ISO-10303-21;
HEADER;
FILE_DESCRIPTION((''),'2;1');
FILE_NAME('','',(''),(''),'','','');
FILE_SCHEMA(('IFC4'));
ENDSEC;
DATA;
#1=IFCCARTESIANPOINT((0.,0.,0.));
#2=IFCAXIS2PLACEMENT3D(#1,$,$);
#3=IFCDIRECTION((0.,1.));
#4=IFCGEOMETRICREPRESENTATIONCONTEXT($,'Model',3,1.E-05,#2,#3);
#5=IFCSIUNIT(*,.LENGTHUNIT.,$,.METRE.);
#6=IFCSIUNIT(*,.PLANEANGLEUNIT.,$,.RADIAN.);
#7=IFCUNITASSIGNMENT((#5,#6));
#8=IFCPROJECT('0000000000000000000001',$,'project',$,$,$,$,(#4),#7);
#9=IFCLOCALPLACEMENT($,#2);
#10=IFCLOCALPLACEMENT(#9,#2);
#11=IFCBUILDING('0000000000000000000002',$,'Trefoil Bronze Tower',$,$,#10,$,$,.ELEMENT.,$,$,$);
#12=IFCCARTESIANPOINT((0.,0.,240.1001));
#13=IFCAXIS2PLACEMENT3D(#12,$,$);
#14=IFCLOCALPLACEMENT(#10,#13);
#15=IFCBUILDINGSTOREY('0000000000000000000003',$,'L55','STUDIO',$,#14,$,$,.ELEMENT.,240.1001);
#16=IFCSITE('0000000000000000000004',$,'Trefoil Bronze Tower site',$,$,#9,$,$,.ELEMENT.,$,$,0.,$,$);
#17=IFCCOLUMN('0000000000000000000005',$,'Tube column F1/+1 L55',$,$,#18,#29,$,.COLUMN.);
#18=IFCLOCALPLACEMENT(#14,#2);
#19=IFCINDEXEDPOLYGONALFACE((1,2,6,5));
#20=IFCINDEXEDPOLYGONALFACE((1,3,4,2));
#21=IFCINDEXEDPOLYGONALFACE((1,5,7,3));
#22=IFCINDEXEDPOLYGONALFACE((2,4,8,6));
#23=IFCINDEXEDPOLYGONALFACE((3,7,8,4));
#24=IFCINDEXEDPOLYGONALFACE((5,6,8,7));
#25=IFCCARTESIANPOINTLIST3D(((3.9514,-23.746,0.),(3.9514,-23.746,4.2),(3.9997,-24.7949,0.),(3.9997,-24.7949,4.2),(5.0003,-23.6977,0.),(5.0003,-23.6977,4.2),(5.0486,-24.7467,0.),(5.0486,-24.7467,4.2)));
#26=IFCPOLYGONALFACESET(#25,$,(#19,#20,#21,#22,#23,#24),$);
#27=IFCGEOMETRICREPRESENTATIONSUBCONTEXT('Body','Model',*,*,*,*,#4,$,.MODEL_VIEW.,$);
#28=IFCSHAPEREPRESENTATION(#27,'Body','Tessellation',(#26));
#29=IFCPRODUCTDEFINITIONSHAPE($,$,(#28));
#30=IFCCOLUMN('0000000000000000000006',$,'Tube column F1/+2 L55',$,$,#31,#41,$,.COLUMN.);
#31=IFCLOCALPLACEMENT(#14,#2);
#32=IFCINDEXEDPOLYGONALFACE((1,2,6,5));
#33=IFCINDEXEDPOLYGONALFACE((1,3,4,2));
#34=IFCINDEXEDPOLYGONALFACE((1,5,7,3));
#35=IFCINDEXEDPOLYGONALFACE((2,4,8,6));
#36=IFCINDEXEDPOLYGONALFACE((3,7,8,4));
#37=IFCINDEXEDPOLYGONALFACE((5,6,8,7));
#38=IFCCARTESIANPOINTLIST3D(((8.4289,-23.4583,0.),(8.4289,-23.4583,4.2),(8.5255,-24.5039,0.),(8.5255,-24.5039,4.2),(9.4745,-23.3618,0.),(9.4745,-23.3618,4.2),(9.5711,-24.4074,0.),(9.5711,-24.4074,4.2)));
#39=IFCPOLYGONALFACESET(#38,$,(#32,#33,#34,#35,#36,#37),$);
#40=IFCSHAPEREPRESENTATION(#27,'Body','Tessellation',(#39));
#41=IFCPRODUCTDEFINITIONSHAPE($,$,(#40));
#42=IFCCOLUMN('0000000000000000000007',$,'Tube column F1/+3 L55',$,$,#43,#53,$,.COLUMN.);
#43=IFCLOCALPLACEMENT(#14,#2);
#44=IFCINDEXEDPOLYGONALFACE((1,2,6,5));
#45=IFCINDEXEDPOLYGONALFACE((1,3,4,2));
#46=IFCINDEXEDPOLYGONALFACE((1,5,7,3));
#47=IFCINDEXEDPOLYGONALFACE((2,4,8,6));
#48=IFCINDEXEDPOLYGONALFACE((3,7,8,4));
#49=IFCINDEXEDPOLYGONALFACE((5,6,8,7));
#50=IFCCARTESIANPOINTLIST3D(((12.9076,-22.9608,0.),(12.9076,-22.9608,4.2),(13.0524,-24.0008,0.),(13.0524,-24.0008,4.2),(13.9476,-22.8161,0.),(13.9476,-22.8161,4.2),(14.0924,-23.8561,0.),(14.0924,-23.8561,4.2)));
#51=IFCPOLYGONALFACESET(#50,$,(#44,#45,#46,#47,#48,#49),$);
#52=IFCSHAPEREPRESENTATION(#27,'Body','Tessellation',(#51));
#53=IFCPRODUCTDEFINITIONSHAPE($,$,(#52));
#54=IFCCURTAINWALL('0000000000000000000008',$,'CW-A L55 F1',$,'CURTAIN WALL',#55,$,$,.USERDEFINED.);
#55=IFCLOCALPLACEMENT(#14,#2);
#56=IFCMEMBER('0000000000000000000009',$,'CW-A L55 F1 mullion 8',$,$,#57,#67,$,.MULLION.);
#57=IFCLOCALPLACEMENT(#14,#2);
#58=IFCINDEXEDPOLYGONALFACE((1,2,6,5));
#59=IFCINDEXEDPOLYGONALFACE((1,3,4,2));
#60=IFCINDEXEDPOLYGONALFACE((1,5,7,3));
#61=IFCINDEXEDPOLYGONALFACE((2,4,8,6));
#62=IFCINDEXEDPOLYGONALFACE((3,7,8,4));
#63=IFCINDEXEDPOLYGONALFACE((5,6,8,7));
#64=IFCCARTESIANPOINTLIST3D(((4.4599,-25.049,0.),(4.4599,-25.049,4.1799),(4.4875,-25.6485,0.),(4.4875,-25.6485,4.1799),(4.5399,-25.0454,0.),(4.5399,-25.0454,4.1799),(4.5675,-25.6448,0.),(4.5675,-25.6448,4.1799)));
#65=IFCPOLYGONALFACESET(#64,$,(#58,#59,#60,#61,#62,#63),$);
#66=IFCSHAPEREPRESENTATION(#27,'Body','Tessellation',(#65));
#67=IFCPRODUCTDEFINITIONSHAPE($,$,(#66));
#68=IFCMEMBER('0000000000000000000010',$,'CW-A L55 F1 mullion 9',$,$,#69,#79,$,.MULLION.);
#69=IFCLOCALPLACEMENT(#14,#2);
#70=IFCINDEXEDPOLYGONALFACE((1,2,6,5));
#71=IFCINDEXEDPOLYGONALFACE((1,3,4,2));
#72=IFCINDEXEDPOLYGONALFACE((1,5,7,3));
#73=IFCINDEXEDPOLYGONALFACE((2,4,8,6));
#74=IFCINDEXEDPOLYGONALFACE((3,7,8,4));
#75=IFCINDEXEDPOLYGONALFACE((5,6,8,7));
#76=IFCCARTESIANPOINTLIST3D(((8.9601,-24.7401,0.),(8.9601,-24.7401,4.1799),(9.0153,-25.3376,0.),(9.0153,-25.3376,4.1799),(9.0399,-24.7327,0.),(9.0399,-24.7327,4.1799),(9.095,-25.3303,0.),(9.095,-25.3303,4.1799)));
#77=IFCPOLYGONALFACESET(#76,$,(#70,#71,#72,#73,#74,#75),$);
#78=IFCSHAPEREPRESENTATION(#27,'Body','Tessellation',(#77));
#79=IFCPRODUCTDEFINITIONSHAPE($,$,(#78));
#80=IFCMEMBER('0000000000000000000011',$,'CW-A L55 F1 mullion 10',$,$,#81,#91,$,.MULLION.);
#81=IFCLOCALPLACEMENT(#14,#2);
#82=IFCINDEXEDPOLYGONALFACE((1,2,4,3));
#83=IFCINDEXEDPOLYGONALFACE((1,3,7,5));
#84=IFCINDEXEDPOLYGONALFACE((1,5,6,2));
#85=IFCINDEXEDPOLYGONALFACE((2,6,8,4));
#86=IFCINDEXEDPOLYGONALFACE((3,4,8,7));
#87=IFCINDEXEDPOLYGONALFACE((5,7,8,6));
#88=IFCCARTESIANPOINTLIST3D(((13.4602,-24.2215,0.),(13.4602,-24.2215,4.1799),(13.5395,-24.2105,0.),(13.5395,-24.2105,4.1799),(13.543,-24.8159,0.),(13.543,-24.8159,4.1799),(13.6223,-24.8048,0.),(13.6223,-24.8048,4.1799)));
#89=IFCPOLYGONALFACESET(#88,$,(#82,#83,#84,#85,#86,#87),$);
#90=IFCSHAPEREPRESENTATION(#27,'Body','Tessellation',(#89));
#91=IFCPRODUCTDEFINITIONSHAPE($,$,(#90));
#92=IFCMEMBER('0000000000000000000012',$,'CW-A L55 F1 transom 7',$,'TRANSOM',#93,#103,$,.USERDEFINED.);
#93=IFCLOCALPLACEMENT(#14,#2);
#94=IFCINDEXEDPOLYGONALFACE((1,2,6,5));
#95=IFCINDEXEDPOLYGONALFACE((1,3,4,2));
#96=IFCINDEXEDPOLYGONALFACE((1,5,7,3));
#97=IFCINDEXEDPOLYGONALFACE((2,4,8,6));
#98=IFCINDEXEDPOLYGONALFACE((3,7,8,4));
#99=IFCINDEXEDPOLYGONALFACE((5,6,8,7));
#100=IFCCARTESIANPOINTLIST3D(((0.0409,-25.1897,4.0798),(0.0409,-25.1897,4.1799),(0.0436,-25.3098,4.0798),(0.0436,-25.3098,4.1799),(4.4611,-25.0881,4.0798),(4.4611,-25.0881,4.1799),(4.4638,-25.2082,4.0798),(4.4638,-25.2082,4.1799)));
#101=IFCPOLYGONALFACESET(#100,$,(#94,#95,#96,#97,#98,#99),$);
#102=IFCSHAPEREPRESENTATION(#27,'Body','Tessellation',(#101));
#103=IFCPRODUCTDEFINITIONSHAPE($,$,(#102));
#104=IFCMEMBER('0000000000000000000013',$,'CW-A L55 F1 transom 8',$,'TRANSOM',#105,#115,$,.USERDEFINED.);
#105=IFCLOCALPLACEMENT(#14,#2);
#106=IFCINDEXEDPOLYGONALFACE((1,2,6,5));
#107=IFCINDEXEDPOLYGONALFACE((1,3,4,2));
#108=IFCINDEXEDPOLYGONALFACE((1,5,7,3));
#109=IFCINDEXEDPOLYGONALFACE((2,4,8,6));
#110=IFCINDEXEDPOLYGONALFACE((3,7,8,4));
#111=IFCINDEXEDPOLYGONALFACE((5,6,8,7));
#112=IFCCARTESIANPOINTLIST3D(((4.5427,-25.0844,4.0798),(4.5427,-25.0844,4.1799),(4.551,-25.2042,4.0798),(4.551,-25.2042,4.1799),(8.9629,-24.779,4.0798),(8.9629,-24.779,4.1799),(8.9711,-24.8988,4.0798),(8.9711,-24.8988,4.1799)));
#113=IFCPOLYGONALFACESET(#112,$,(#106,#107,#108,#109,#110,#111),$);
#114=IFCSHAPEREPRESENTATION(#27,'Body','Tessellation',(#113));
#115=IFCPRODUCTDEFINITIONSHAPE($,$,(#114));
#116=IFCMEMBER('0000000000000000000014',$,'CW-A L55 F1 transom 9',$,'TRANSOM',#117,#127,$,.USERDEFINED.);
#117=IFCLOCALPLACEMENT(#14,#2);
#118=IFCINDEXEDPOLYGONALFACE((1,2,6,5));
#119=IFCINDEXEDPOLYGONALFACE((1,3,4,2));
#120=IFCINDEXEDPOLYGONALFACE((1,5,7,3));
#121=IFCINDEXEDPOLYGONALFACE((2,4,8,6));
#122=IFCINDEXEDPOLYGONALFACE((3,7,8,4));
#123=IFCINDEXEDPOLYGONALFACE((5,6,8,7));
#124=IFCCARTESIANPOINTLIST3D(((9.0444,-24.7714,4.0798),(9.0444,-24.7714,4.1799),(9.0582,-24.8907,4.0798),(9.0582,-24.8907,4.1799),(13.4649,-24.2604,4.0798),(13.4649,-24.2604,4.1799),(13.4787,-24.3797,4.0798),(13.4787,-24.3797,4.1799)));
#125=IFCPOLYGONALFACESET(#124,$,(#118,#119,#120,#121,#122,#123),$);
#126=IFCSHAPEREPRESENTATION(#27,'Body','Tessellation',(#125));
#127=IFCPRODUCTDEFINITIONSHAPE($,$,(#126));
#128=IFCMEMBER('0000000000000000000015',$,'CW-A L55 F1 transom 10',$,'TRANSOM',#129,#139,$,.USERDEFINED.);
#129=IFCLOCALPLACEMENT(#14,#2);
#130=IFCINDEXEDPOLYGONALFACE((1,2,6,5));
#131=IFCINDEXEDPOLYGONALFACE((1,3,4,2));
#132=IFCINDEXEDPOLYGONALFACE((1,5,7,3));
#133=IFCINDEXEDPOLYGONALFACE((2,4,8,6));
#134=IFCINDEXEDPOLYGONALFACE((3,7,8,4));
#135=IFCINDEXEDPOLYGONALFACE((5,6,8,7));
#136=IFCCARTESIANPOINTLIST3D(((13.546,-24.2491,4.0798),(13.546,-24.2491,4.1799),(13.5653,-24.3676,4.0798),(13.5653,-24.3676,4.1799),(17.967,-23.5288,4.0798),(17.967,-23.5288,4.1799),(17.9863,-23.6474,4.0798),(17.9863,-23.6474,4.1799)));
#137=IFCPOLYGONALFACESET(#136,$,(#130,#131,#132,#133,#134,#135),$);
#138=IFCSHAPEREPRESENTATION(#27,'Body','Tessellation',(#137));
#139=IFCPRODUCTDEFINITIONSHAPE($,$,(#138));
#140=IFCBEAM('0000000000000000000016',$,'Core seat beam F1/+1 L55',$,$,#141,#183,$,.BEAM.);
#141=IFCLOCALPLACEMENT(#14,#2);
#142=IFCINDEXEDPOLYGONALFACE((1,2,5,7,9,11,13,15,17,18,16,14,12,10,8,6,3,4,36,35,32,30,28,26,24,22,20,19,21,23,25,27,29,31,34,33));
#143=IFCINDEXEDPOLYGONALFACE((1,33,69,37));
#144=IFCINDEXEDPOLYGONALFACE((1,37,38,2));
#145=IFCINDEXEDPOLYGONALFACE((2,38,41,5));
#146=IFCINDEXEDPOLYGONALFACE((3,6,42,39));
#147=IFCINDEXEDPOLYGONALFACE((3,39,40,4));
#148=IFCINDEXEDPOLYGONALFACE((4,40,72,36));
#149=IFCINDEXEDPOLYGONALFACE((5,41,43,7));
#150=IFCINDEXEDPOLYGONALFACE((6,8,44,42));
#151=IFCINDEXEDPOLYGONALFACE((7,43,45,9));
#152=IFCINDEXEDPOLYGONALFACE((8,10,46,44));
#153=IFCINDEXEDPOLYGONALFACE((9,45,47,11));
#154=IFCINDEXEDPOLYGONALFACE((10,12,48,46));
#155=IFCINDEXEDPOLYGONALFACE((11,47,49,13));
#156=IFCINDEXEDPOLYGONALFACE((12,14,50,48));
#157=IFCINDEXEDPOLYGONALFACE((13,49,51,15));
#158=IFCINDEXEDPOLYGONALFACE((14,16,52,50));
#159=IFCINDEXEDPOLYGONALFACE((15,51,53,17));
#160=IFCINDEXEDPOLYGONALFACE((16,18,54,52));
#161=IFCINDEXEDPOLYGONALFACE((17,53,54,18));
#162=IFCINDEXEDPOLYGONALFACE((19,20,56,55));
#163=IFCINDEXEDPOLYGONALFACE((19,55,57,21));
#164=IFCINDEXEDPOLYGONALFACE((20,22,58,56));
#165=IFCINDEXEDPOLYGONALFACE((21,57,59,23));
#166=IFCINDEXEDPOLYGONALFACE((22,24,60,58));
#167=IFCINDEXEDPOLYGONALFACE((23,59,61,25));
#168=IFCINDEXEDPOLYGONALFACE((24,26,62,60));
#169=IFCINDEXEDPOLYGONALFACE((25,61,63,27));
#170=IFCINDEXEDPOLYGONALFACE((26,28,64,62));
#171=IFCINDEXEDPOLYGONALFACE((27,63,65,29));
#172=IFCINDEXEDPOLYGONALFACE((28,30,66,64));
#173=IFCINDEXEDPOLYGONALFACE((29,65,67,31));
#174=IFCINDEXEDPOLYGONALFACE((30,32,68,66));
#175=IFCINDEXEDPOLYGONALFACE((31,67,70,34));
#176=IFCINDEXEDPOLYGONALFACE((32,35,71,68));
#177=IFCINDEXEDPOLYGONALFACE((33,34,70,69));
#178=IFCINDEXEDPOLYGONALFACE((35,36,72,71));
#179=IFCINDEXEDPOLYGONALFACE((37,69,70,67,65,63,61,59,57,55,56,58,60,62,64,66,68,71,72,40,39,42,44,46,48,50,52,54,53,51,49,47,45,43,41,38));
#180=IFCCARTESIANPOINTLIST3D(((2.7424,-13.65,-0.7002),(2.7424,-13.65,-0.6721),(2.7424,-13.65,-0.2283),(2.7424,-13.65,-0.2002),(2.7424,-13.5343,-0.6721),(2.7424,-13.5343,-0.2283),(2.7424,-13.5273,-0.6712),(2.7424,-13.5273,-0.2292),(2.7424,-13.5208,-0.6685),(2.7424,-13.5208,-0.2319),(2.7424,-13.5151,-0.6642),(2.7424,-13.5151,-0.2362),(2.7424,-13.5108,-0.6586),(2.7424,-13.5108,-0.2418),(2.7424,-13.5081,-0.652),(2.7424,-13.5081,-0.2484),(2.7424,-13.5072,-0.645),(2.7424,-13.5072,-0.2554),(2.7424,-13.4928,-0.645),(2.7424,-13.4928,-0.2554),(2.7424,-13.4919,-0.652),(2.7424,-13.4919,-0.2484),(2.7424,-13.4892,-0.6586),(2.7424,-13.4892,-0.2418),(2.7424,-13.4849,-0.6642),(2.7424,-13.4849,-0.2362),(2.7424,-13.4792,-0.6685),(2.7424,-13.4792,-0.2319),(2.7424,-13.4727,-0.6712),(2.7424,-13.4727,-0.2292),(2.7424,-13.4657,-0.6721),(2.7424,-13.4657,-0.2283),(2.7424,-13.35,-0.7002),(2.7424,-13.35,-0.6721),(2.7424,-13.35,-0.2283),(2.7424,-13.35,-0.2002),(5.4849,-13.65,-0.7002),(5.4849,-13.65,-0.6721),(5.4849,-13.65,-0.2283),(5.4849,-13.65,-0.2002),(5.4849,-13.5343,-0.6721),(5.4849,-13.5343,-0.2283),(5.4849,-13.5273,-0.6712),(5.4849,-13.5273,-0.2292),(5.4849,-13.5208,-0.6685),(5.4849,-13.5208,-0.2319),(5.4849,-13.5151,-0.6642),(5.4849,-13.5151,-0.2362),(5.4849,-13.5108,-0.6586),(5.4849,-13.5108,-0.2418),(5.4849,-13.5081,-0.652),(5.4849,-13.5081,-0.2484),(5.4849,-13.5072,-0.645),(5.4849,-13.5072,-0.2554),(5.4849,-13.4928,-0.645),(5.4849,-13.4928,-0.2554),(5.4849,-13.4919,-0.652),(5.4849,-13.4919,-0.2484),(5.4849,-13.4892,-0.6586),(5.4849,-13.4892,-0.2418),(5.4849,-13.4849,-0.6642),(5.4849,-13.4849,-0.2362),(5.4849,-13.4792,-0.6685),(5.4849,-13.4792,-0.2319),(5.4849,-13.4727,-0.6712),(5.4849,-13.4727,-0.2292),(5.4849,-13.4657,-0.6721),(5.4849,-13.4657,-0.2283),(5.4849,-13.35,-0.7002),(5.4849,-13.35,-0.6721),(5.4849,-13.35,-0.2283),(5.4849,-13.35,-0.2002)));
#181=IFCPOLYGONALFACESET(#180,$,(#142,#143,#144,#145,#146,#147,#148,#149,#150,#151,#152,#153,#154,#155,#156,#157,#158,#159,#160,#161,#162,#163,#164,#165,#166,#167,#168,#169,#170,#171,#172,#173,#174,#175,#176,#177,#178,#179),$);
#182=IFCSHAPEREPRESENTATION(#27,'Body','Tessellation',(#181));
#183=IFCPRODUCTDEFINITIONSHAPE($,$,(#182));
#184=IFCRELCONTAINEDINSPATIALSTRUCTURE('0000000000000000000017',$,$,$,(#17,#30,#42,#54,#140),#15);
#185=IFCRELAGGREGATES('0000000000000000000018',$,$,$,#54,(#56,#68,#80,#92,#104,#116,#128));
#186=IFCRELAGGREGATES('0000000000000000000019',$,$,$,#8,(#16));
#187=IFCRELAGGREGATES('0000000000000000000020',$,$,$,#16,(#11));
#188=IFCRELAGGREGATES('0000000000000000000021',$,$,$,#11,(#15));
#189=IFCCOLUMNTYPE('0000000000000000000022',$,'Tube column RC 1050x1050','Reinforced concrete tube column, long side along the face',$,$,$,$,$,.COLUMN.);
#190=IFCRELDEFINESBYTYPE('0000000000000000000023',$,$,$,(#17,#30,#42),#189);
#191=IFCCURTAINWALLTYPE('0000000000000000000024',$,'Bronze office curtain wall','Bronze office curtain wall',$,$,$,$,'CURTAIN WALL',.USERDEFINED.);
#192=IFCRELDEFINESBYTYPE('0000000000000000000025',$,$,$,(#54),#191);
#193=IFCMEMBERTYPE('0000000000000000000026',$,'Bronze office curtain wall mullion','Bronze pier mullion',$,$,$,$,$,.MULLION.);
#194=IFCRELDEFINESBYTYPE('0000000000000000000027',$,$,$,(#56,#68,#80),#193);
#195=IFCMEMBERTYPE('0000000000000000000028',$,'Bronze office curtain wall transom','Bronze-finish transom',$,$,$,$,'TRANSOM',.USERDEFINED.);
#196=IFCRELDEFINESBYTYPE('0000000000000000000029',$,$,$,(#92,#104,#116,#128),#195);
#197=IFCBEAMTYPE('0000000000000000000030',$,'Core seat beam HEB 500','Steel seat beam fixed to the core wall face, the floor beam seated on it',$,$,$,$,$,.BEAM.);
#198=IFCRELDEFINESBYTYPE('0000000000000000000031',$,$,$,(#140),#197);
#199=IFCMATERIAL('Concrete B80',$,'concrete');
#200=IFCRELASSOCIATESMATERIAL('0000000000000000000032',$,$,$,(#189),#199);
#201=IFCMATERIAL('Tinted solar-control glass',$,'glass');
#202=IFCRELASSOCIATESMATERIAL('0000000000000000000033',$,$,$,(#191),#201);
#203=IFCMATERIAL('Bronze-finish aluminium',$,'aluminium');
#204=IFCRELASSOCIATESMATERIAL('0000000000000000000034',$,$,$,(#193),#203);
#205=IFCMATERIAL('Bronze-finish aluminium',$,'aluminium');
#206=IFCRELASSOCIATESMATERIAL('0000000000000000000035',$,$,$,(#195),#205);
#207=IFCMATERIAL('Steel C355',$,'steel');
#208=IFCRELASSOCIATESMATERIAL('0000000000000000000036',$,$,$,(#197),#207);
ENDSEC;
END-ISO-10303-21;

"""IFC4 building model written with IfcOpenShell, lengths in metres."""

from ifc_helpers import new_model, si_unit, direction, frame, origin, origin_2d, place, context, subcontext, project, spatial, rectangle, i_section, extrude, material, material_profile, profile_set, type_object, element, aggregate, save


model = new_model("IFC4")

# Units and contexts
model_context = context("Model", 3, precision=1e-05, world=origin(), true_north=direction((0.0, 1.0)))
body_context = subcontext(model_context, "Body", "Model", "MODEL_VIEW")
ifc_project = project(units=[si_unit("LENGTHUNIT", "METRE"), si_unit("PLANEANGLEUNIT", "RADIAN")], contexts=[model_context])

# Site, building, storey
site_placement = place(None, origin())
site = spatial("IfcSite", under=ifc_project, at=site_placement, Name="Trefoil Bronze Tower site", CompositionType="ELEMENT", RefElevation=0.0)
building_placement = place(site_placement, origin())
building = spatial("IfcBuilding", under=site, at=building_placement, Name="Trefoil Bronze Tower", CompositionType="ELEMENT")
storey_placement = place(building_placement, frame((0.0, 0.0, 240.1001)))
storey = spatial("IfcBuildingStorey", under=building, at=storey_placement, Name="L55", Description="STUDIO", CompositionType="ELEMENT", Elevation=240.1001)

# Columns
ifc_material_1 = material(Name="Concrete B80", Category="concrete")
ifc_material_profile_1 = material_profile(ifc_material_1, rectangle(XDim=1.05, YDim=1.05, at=origin_2d()), Name="RC 1050x1050")
ifc_profile_set_1 = profile_set([ifc_material_profile_1], Name="Concrete B80")
column_type = type_object("IfcColumnType", Name="Tube column RC 1050x1050", Description="Reinforced concrete tube column, long side along the face", PredefinedType="COLUMN", material=ifc_profile_set_1)
for number, where, z_axis, x_axis, name in (
    (1, (4.5, -24.2463, 0.0), (0.0, 0.0, 1.0), (0.998943, 0.045956, 0.0), "Tube column F1/+1 L55"),
    (2, (9.0, -23.9329, 0.0), (0.0, 0.0, 1.0), (0.995767, 0.091911, 0.0), "Tube column F1/+2 L55"),
    (3, (13.5, -23.4084, 0.0), (0.0, 0.0, 1.0), (0.990451, 0.137868, 0.0), "Tube column F1/+3 L55"),
):
    element("IfcColumn", number, at=place(storey_placement, frame(where, z_axis=z_axis, x_axis=x_axis)), inside=storey, type_object=column_type, Name=name, PredefinedType="COLUMN", context=body_context, shape_type="SweptSolid", body=[
        extrude(rectangle(XDim=1.05, YDim=1.05, at=origin_2d()), origin(), (0.0, 0.0, 1.0), 4.2),
    ])

# Curtain wall, members
ifc_material_2 = material(Name="Tinted solar-control glass", Category="glass")
curtain_wall_type = type_object("IfcCurtainWallType", Name="Bronze office curtain wall", Description="Bronze office curtain wall", ElementType="CURTAIN WALL", PredefinedType="USERDEFINED", material=ifc_material_2)
curtain_wall_placement = place(storey_placement, origin())
curtain_wall = element("IfcCurtainWall", 4, at=curtain_wall_placement, inside=storey, type_object=curtain_wall_type, Name="CW-A L55 F1", ObjectType="CURTAIN WALL", PredefinedType="USERDEFINED")
ifc_material_3 = material(Name="Bronze-finish aluminium", Category="aluminium")
ifc_material_profile_2 = material_profile(ifc_material_3, rectangle(XDim=0.6001, YDim=0.0801, at=origin_2d()), Name="CW-A mullion")
ifc_profile_set_2 = profile_set([ifc_material_profile_2], Name="Bronze-finish aluminium")
member_type_1 = type_object("IfcMemberType", Name="Bronze office curtain wall mullion", Description="Bronze pier mullion", PredefinedType="MULLION", material=ifc_profile_set_2)
member_1_placement = place(storey_placement, frame((4.5137, -25.3469, 0.0), z_axis=(0.0, 0.0, 1.0), x_axis=(-0.045956, 0.998943, 0.0)))
member_1 = element("IfcMember", 5, at=member_1_placement, type_object=member_type_1, Name="CW-A L55 F1 mullion 8", PredefinedType="MULLION", context=body_context, shape_type="SweptSolid", body=[
    extrude(rectangle(XDim=0.6001, YDim=0.0801, at=origin_2d()), origin(), (0.0, 0.0, 1.0), 4.1799),
])
member_2_placement = place(storey_placement, frame((9.0276, -25.0352, 0.0), z_axis=(0.0, 0.0, 1.0), x_axis=(-0.091911, 0.995767, 0.0)))
member_2 = element("IfcMember", 6, at=member_2_placement, type_object=member_type_1, Name="CW-A L55 F1 mullion 9", PredefinedType="MULLION", context=body_context, shape_type="SweptSolid", body=[
    extrude(rectangle(XDim=0.6001, YDim=0.0801, at=origin_2d()), origin(), (0.0, 0.0, 1.0), 4.1799),
])
member_3_placement = place(storey_placement, frame((13.5413, -24.5132, 0.0), z_axis=(0.0, 0.0, 1.0), x_axis=(-0.137868, 0.990451, 0.0)))
member_3 = element("IfcMember", 7, at=member_3_placement, type_object=member_type_1, Name="CW-A L55 F1 mullion 10", PredefinedType="MULLION", context=body_context, shape_type="SweptSolid", body=[
    extrude(rectangle(XDim=0.6001, YDim=0.0801, at=origin_2d()), origin(), (0.0, 0.0, 1.0), 4.1799),
])
ifc_material_4 = material(Name="Bronze-finish aluminium", Category="aluminium")
ifc_material_profile_3 = material_profile(ifc_material_4, rectangle(XDim=0.1201, YDim=0.1001, at=origin_2d()), Name="CW-A transom")
ifc_profile_set_3 = profile_set([ifc_material_profile_3], Name="Bronze-finish aluminium")
member_type_2 = type_object("IfcMemberType", Name="Bronze office curtain wall transom", Description="Bronze-finish transom", ElementType="TRANSOM", PredefinedType="USERDEFINED", material=ifc_profile_set_3)
member_4_placement = place(storey_placement, frame((0.0422, -25.2498, 4.1299), z_axis=(0.999736, 0.022971, 0.0), x_axis=(-0.022971, 0.999736, 0.0)))
member_4 = element("IfcMember", 8, at=member_4_placement, type_object=member_type_2, Name="CW-A L55 F1 transom 7", ObjectType="TRANSOM", PredefinedType="USERDEFINED", context=body_context, shape_type="SweptSolid", body=[
    extrude(rectangle(XDim=0.1201, YDim=0.1001, at=origin_2d()), origin(), (0.0, 0.0, 1.0), 4.4214),
])
member_5_placement = place(storey_placement, frame((4.5469, -25.1443, 4.1299), z_axis=(0.997621, 0.068933, 0.0), x_axis=(-0.068933, 0.997621, 0.0)))
member_5 = element("IfcMember", 9, at=member_5_placement, type_object=member_type_2, Name="CW-A L55 F1 transom 8", ObjectType="TRANSOM", PredefinedType="USERDEFINED", context=body_context, shape_type="SweptSolid", body=[
    extrude(rectangle(XDim=0.1201, YDim=0.1001, at=origin_2d()), origin(), (0.0, 0.0, 1.0), 4.4307),
])
member_6_placement = place(storey_placement, frame((9.0513, -24.8311, 4.1299), z_axis=(0.993385, 0.114832, 0.0), x_axis=(-0.114832, 0.993385, 0.0)))
member_6 = element("IfcMember", 10, at=member_6_placement, type_object=member_type_2, Name="CW-A L55 F1 transom 9", ObjectType="TRANSOM", PredefinedType="USERDEFINED", context=body_context, shape_type="SweptSolid", body=[
    extrude(rectangle(XDim=0.1201, YDim=0.1001, at=origin_2d()), origin(), (0.0, 0.0, 1.0), 4.45),
])
member_7_placement = place(storey_placement, frame((13.5557, -24.3083, 4.1299), z_axis=(0.986988, 0.160792, 0.0), x_axis=(-0.160792, 0.986988, 0.0)))
member_7 = element("IfcMember", 11, at=member_7_placement, type_object=member_type_2, Name="CW-A L55 F1 transom 10", ObjectType="TRANSOM", PredefinedType="USERDEFINED", context=body_context, shape_type="SweptSolid", body=[
    extrude(rectangle(XDim=0.1201, YDim=0.1001, at=origin_2d()), origin(), (0.0, 0.0, 1.0), 4.4792),
])

# Beam
ifc_material_5 = material(Name="Steel C355", Category="steel")
ifc_material_profile_4 = material_profile(ifc_material_5, i_section(OverallWidth=0.3, OverallDepth=0.5, WebThickness=0.0144, FlangeThickness=0.0281, FilletRadius=0.0271, at=origin_2d()), Name="HEB 500")
ifc_profile_set_4 = profile_set([ifc_material_profile_4], Name="Steel C355")
beam_type_1 = type_object("IfcBeamType", Name="Core seat beam HEB 500", Description="Steel seat beam fixed to the core wall face, the floor beam seated on it", PredefinedType="BEAM", material=ifc_profile_set_4)
for number, where, z_axis, x_axis, name in (
    (12, (2.7424, -13.5, -0.4502), (1.0, 0.0, 0.0), (0.0, 1.0, 0.0), "Core seat beam F1/+1 L55"),
):
    element("IfcBeam", number, at=place(storey_placement, frame(where, z_axis=z_axis, x_axis=x_axis)), inside=storey, type_object=beam_type_1, Name=name, PredefinedType="BEAM", context=body_context, shape_type="SweptSolid", body=[
        extrude(i_section(OverallWidth=0.3, OverallDepth=0.5, WebThickness=0.0144, FlangeThickness=0.0281, FilletRadius=0.0271, at=origin_2d()), origin(), (0.0, 0.0, 1.0), 2.7424),
    ])

aggregate(curtain_wall, [member_1, member_2, member_3, member_4, member_5, member_6, member_7])

save(model, "model.ifc")
